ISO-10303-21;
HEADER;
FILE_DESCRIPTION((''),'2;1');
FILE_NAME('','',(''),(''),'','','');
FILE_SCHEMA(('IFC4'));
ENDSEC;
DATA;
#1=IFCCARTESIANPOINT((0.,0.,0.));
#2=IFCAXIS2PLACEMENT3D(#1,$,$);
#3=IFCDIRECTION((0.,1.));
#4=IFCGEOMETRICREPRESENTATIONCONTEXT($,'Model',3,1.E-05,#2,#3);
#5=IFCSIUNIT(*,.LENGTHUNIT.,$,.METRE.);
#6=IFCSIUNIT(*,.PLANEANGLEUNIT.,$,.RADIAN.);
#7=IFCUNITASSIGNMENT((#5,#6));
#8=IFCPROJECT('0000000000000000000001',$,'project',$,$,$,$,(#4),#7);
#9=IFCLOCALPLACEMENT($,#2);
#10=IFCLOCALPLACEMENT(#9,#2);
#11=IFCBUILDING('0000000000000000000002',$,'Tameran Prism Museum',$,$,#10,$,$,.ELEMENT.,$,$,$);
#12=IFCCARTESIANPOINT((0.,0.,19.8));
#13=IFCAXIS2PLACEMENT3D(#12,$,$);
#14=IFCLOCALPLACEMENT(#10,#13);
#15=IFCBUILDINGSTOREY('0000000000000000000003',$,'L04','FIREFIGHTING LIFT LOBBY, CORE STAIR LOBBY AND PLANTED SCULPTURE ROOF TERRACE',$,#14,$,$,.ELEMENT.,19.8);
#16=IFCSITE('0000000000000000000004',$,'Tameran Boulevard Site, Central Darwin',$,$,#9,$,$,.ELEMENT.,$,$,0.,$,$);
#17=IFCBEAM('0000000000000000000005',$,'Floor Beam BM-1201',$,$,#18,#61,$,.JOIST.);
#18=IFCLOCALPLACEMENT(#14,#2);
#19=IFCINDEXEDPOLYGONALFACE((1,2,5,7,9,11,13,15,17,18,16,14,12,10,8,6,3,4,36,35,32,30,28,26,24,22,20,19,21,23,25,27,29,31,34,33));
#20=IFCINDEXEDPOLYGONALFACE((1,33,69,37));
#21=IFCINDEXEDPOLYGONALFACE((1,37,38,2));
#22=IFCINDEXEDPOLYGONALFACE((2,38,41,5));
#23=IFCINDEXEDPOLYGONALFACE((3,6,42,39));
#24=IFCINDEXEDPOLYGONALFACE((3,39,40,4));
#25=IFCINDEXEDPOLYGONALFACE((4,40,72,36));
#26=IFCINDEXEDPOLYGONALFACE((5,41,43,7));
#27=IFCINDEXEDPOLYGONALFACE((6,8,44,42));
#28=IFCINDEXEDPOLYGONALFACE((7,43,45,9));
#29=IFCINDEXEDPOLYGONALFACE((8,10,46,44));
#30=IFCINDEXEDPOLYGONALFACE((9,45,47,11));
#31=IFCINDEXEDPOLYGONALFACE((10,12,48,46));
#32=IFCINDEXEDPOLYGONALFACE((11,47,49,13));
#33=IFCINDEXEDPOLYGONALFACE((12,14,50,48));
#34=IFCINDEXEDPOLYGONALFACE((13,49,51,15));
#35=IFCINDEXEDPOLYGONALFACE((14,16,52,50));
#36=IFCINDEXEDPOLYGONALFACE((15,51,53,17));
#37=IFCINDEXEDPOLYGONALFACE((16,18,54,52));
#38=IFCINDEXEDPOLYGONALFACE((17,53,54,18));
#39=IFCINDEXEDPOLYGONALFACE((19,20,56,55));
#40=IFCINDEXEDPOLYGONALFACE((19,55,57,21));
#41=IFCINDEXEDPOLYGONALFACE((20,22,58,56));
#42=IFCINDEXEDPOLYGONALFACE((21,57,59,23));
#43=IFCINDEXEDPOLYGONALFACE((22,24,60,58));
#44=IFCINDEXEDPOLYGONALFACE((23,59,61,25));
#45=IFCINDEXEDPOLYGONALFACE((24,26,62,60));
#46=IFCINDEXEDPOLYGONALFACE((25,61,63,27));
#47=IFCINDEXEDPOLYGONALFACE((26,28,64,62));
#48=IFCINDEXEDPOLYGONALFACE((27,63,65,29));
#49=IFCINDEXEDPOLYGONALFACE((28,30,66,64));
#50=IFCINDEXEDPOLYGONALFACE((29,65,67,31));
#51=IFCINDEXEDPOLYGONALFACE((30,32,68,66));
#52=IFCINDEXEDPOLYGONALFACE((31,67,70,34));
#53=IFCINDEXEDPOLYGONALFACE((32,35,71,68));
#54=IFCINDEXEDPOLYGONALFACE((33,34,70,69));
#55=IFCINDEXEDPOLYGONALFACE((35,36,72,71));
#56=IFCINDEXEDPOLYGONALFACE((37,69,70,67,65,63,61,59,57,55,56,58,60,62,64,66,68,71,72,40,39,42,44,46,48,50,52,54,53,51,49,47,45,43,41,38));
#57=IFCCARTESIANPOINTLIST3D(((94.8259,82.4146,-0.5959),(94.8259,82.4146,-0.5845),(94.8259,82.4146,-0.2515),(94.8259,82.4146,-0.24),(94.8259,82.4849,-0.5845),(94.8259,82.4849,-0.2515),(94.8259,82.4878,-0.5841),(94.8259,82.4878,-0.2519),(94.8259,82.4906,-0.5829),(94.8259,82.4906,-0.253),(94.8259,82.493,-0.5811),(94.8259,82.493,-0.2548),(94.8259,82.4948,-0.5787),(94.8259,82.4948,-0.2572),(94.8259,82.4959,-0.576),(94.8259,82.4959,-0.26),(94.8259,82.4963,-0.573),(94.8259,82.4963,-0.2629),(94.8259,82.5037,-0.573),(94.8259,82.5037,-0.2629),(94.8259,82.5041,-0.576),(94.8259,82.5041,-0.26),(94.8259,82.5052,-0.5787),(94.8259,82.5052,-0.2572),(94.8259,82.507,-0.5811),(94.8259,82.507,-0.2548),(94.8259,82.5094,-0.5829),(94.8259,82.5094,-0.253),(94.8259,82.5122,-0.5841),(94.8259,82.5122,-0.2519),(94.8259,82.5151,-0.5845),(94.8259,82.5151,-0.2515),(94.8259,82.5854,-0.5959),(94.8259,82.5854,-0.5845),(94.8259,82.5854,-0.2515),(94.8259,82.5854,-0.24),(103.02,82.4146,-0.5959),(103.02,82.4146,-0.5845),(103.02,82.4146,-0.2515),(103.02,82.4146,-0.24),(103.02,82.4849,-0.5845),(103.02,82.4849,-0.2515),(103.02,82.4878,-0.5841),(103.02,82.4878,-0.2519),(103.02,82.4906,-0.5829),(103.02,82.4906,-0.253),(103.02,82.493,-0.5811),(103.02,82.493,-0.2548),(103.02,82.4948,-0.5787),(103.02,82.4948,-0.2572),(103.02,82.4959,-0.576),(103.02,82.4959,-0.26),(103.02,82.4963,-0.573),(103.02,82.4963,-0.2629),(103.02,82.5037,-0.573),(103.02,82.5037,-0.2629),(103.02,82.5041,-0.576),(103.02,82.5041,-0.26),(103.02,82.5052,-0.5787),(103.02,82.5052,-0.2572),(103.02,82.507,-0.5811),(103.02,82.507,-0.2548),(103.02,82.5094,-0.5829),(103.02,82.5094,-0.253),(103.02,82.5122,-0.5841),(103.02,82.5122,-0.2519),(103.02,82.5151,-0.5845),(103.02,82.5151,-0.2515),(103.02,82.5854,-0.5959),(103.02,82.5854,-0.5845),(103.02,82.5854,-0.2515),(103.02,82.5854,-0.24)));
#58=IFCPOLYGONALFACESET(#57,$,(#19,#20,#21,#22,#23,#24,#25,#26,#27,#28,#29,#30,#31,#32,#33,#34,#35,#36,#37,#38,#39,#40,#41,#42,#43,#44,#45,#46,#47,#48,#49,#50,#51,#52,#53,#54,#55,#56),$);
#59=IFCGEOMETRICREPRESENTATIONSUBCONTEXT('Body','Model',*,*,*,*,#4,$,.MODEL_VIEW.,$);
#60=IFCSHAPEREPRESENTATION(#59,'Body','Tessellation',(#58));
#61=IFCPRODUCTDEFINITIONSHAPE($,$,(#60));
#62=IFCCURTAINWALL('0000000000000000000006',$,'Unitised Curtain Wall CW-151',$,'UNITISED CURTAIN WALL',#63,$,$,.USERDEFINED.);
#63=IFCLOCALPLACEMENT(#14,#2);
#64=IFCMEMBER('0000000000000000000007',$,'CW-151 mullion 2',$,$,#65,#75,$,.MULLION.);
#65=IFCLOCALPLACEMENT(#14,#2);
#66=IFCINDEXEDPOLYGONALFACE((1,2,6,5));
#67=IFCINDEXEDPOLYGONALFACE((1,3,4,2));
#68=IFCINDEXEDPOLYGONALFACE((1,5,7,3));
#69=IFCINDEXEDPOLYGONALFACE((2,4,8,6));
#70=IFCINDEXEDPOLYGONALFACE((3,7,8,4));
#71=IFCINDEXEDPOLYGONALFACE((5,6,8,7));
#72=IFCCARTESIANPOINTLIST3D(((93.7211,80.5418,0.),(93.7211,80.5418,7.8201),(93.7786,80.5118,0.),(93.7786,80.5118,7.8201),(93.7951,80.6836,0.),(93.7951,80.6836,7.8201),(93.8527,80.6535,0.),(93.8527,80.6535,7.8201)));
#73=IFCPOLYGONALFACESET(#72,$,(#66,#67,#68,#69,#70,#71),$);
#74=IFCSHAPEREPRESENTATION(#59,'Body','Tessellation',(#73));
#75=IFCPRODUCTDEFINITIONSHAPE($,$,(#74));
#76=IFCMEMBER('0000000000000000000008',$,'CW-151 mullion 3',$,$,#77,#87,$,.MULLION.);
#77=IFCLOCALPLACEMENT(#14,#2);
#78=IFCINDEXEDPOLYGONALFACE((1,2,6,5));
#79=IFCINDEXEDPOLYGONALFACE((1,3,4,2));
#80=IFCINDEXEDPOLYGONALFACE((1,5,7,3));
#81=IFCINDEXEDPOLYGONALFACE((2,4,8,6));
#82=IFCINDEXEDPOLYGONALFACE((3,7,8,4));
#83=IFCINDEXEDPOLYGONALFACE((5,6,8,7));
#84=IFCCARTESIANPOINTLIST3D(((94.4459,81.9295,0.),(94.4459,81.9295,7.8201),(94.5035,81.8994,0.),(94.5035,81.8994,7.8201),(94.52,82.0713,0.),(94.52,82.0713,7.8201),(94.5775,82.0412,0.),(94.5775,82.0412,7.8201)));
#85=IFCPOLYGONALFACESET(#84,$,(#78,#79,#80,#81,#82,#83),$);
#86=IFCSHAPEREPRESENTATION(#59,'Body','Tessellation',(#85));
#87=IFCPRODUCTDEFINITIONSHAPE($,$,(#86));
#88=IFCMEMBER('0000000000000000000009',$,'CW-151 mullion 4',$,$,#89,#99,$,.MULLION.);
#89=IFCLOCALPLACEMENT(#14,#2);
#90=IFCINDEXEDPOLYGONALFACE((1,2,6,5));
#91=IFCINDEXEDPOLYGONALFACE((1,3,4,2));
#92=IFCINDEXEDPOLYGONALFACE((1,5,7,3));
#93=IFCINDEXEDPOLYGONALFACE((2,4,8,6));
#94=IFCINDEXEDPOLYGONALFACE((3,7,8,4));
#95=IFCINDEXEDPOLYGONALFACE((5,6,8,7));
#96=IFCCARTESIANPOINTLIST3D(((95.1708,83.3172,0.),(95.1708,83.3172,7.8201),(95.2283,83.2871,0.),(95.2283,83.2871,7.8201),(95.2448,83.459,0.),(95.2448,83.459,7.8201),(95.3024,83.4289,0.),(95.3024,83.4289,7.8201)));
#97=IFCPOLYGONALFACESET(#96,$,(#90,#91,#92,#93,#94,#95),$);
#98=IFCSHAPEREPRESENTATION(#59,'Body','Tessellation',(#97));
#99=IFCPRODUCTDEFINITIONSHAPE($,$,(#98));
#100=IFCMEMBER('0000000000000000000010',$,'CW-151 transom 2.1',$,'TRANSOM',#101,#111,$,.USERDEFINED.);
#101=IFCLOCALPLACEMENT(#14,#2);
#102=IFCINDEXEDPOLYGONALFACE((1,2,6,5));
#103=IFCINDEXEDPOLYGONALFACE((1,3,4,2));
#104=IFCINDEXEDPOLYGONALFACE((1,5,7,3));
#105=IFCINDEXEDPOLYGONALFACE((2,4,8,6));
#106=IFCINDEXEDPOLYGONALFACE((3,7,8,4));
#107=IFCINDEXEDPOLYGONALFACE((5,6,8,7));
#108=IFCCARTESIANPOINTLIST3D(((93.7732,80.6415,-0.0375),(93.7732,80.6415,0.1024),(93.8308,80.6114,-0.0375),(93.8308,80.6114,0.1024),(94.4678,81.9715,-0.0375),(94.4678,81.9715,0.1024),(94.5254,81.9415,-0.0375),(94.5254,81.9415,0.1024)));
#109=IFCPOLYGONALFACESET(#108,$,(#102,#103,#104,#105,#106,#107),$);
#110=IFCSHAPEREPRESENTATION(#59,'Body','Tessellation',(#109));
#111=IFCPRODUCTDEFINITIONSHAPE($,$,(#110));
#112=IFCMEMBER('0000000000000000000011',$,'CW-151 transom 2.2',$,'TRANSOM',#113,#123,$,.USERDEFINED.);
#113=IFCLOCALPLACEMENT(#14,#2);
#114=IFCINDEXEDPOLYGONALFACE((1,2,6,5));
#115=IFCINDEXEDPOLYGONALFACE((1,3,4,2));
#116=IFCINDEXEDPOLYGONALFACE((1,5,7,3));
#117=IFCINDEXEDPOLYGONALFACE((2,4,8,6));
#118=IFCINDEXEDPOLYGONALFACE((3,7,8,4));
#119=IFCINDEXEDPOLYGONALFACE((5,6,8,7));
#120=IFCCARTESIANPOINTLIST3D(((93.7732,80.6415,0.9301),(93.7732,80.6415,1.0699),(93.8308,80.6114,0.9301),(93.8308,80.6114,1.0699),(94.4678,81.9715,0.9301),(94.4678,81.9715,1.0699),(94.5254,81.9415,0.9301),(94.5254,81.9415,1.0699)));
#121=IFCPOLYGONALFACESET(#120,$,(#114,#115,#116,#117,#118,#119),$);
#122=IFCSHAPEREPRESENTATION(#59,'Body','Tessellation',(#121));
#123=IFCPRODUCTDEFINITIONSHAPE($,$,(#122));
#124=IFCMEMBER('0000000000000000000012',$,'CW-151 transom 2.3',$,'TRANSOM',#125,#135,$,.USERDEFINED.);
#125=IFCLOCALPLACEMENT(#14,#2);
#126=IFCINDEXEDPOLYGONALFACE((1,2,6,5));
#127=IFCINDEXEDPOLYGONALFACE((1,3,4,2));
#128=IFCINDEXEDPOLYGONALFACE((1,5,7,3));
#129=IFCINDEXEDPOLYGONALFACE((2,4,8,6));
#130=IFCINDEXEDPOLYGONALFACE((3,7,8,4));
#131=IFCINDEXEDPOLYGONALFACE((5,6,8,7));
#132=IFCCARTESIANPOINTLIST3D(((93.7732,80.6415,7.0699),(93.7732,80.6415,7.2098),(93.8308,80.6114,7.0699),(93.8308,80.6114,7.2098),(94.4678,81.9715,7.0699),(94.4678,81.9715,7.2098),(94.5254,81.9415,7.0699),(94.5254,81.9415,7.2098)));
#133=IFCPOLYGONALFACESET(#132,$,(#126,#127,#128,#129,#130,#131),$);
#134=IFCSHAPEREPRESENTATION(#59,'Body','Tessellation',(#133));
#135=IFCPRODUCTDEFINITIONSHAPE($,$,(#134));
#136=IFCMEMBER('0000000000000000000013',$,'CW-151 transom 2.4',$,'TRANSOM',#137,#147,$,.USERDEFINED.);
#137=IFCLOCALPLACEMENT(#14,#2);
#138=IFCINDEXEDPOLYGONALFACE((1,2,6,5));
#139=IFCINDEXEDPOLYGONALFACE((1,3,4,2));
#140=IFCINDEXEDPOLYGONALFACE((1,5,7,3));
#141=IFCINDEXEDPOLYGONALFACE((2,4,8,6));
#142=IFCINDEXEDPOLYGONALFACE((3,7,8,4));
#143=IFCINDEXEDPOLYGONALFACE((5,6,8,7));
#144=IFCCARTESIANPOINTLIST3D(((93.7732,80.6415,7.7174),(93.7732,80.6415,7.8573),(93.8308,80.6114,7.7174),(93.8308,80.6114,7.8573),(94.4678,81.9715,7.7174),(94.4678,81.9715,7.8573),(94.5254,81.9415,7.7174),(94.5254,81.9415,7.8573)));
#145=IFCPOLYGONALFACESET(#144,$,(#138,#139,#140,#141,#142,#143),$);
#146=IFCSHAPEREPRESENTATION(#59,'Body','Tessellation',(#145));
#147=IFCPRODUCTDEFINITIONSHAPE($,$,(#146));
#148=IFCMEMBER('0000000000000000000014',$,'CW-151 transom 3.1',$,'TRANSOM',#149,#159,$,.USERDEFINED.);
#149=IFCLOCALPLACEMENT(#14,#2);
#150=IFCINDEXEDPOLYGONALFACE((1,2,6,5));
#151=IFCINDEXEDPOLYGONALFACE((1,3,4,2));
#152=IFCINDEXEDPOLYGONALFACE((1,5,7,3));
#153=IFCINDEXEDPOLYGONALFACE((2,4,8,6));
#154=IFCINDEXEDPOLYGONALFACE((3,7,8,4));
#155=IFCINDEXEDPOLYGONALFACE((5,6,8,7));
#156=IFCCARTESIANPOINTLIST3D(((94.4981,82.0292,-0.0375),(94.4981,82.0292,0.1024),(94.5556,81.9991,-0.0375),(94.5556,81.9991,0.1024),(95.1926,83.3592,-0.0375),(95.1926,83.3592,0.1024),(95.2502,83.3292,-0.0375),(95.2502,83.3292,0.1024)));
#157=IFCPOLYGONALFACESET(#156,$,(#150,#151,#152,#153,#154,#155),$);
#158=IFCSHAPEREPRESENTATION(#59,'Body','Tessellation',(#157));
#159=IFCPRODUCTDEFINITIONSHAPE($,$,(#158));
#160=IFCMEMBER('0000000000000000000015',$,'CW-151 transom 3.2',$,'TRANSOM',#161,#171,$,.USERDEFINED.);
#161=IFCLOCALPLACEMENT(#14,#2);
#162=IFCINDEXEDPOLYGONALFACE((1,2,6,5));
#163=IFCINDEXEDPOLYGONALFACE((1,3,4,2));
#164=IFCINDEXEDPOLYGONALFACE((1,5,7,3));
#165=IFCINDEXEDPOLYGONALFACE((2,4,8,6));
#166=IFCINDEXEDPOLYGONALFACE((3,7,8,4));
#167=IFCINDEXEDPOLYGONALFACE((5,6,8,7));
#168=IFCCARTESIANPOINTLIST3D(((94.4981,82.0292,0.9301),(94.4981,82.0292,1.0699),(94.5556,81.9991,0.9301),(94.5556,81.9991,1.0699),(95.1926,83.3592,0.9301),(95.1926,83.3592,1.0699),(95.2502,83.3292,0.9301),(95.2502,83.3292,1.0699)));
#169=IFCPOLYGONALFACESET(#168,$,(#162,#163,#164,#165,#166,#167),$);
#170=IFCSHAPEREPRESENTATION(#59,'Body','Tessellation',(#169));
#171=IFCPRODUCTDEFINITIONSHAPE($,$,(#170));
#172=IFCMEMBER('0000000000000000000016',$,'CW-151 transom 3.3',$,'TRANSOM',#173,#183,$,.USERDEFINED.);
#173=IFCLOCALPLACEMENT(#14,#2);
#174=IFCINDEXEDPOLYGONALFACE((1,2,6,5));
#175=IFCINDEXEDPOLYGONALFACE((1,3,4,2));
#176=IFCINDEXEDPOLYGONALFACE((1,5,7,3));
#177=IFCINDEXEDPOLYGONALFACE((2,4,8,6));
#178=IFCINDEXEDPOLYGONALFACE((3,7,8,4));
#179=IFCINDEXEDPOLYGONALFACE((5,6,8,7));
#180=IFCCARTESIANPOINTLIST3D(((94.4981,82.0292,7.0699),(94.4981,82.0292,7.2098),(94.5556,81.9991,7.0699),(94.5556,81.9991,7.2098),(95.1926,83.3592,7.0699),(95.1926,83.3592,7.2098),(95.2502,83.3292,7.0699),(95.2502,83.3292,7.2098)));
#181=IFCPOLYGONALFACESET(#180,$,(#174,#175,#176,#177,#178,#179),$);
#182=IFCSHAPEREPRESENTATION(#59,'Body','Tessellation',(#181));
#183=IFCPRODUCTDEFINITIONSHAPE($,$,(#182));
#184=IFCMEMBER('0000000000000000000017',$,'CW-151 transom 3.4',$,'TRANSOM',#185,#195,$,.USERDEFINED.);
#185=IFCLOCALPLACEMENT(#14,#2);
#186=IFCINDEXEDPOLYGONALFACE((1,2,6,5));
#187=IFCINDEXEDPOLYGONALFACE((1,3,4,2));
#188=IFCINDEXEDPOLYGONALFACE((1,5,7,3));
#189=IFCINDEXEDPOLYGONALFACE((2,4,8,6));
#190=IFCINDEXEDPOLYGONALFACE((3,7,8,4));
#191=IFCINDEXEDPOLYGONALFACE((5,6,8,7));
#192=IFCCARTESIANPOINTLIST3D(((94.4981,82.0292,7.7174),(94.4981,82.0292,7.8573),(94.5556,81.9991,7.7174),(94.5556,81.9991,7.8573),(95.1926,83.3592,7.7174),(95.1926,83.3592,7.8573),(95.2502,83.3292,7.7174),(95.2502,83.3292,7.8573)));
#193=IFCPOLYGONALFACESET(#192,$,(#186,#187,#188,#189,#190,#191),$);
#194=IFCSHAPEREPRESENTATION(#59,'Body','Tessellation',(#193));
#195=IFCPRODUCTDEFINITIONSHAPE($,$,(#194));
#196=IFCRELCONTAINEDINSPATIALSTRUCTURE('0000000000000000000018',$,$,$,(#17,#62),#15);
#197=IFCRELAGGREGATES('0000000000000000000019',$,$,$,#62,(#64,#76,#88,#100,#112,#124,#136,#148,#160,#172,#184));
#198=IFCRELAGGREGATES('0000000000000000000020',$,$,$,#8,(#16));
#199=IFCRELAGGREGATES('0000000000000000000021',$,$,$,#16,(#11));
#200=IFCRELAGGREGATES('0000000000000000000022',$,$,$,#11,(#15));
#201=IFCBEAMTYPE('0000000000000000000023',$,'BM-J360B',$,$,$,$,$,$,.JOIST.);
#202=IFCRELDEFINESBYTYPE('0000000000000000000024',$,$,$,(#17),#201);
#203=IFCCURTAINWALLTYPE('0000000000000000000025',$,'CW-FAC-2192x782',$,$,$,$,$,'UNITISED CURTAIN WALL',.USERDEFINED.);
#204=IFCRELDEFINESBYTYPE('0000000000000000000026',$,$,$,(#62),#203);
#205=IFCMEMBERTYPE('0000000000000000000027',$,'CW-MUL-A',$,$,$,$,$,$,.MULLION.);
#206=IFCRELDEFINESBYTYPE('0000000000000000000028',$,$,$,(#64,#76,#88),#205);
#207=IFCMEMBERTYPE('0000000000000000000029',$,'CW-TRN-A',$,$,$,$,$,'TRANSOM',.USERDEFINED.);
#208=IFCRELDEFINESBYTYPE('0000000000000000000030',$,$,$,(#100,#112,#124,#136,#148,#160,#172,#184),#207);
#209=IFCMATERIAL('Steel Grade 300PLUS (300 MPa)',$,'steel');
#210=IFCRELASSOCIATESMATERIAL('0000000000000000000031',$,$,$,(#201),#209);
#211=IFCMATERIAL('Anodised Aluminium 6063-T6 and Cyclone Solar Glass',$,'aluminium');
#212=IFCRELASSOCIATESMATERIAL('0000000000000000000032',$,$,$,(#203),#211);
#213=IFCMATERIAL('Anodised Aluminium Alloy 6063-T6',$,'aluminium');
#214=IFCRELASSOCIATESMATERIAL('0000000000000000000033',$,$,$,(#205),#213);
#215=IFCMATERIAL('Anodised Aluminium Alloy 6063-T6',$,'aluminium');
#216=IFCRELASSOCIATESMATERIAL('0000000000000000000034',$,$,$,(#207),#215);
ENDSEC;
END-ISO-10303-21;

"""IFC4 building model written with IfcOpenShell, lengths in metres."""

from ifc_helpers import new_model, si_unit, direction, frame, origin, origin_2d, place, context, subcontext, project, spatial, rectangle, i_section, extrude, material, material_profile, profile_set, type_object, element, aggregate, save


model = new_model("IFC4")

# Units and contexts
model_context = context("Model", 3, precision=1e-05, world=origin(), true_north=direction((0.0, 1.0)))
body_context = subcontext(model_context, "Body", "Model", "MODEL_VIEW")
ifc_project = project(units=[si_unit("LENGTHUNIT", "METRE"), si_unit("PLANEANGLEUNIT", "RADIAN")], contexts=[model_context])

# Site, building, storey
site_placement = place(None, origin())
site = spatial("IfcSite", under=ifc_project, at=site_placement, Name="Tameran Boulevard Site, Central Darwin", CompositionType="ELEMENT", RefElevation=0.0)
building_placement = place(site_placement, origin())
building = spatial("IfcBuilding", under=site, at=building_placement, Name="Tameran Prism Museum", CompositionType="ELEMENT")
storey_placement = place(building_placement, frame((0.0, 0.0, 19.8)))
storey = spatial("IfcBuildingStorey", under=building, at=storey_placement, Name="L04", Description="FIREFIGHTING LIFT LOBBY, CORE STAIR LOBBY AND PLANTED SCULPTURE ROOF TERRACE", CompositionType="ELEMENT", Elevation=19.8)

# Beam
ifc_material_1 = material(Name="Steel Grade 300PLUS (300 MPa)", Category="steel")
ifc_material_profile_1 = material_profile(ifc_material_1, i_section(OverallWidth=0.1709, OverallDepth=0.356, WebThickness=0.0073, FlangeThickness=0.0115, FilletRadius=0.0115, at=origin_2d()))
ifc_profile_set_1 = profile_set([ifc_material_profile_1])
beam_type = type_object("IfcBeamType", Name="BM-J360B", PredefinedType="JOIST", material=ifc_profile_set_1)
beam_placement = place(storey_placement, frame((94.8259, 82.5, -0.418), z_axis=(1.0, 0.0, 0.0), x_axis=(0.0, 1.0, 0.0)))
element("IfcBeam", 1, at=beam_placement, inside=storey, type_object=beam_type, Name="Floor Beam BM-1201", PredefinedType="JOIST", context=body_context, shape_type="SweptSolid", body=[
    extrude(i_section(OverallWidth=0.1709, OverallDepth=0.356, WebThickness=0.0073, FlangeThickness=0.0115, FilletRadius=0.0115, at=origin_2d()), origin(), (0.0, 0.0, 1.0), 8.1941),
])

# Curtain wall, members
ifc_material_2 = material(Name="Anodised Aluminium 6063-T6 and Cyclone Solar Glass", Category="aluminium")
curtain_wall_type = type_object("IfcCurtainWallType", Name="CW-FAC-2192x782", ElementType="UNITISED CURTAIN WALL", PredefinedType="USERDEFINED", material=ifc_material_2)
curtain_wall_placement = place(storey_placement, origin())
curtain_wall = element("IfcCurtainWall", 2, at=curtain_wall_placement, inside=storey, type_object=curtain_wall_type, Name="Unitised Curtain Wall CW-151", ObjectType="UNITISED CURTAIN WALL", PredefinedType="USERDEFINED")
ifc_material_3 = material(Name="Anodised Aluminium Alloy 6063-T6", Category="aluminium")
ifc_material_profile_2 = material_profile(ifc_material_3, rectangle(XDim=0.0649, YDim=0.1599, at=origin_2d()))
ifc_profile_set_2 = profile_set([ifc_material_profile_2])
member_type_1 = type_object("IfcMemberType", Name="CW-MUL-A", PredefinedType="MULLION", material=ifc_profile_set_2)
member_1_placement = place(storey_placement, frame((93.7869, 80.5977, 0.0), z_axis=(0.0, 0.0, 1.0), x_axis=(-0.886357, 0.463003, 0.0)))
member_1 = element("IfcMember", 3, at=member_1_placement, type_object=member_type_1, Name="CW-151 mullion 2", PredefinedType="MULLION", context=body_context, shape_type="SweptSolid", body=[
    extrude(rectangle(XDim=0.0649, YDim=0.1599, at=origin_2d()), origin(), (0.0, 0.0, 1.0), 7.8201),
])
member_2_placement = place(storey_placement, frame((94.5117, 81.9854, 0.0), z_axis=(0.0, 0.0, 1.0), x_axis=(-0.886357, 0.463003, 0.0)))
member_2 = element("IfcMember", 4, at=member_2_placement, type_object=member_type_1, Name="CW-151 mullion 3", PredefinedType="MULLION", context=body_context, shape_type="SweptSolid", body=[
    extrude(rectangle(XDim=0.0649, YDim=0.1599, at=origin_2d()), origin(), (0.0, 0.0, 1.0), 7.8201),
])
member_3_placement = place(storey_placement, frame((95.2366, 83.373, 0.0), z_axis=(0.0, 0.0, 1.0), x_axis=(-0.886357, 0.463003, 0.0)))
member_3 = element("IfcMember", 5, at=member_3_placement, type_object=member_type_1, Name="CW-151 mullion 4", PredefinedType="MULLION", context=body_context, shape_type="SweptSolid", body=[
    extrude(rectangle(XDim=0.0649, YDim=0.1599, at=origin_2d()), origin(), (0.0, 0.0, 1.0), 7.8201),
])
ifc_material_4 = material(Name="Anodised Aluminium Alloy 6063-T6", Category="aluminium")
ifc_material_profile_3 = material_profile(ifc_material_4, rectangle(XDim=0.0649, YDim=0.1399, at=origin_2d()))
ifc_profile_set_3 = profile_set([ifc_material_profile_3])
member_type_2 = type_object("IfcMemberType", Name="CW-TRN-A", ElementType="TRANSOM", PredefinedType="USERDEFINED", material=ifc_profile_set_3)
member_4_placement = place(storey_placement, frame((93.802, 80.6265, 0.0325), z_axis=(0.462894, 0.886414, 0.0), x_axis=(-0.886414, 0.462894, 0.0)))
member_4 = element("IfcMember", 6, at=member_4_placement, type_object=member_type_2, Name="CW-151 transom 2.1", ObjectType="TRANSOM", PredefinedType="USERDEFINED", context=body_context, shape_type="SweptSolid", body=[
    extrude(rectangle(XDim=0.0649, YDim=0.1399, at=origin_2d()), origin(), (0.0, 0.0, 1.0), 1.5005),
])
member_5_placement = place(storey_placement, frame((93.802, 80.6265, 1.0), z_axis=(0.462894, 0.886414, 0.0), x_axis=(-0.886414, 0.462894, 0.0)))
member_5 = element("IfcMember", 7, at=member_5_placement, type_object=member_type_2, Name="CW-151 transom 2.2", ObjectType="TRANSOM", PredefinedType="USERDEFINED", context=body_context, shape_type="SweptSolid", body=[
    extrude(rectangle(XDim=0.0649, YDim=0.1399, at=origin_2d()), origin(), (0.0, 0.0, 1.0), 1.5005),
])
member_6_placement = place(storey_placement, frame((93.802, 80.6265, 7.1399), z_axis=(0.462894, 0.886414, 0.0), x_axis=(-0.886414, 0.462894, 0.0)))
member_6 = element("IfcMember", 8, at=member_6_placement, type_object=member_type_2, Name="CW-151 transom 2.3", ObjectType="TRANSOM", PredefinedType="USERDEFINED", context=body_context, shape_type="SweptSolid", body=[
    extrude(rectangle(XDim=0.0649, YDim=0.1399, at=origin_2d()), origin(), (0.0, 0.0, 1.0), 1.5005),
])
member_7_placement = place(storey_placement, frame((93.802, 80.6265, 7.7874), z_axis=(0.462894, 0.886414, 0.0), x_axis=(-0.886414, 0.462894, 0.0)))
member_7 = element("IfcMember", 9, at=member_7_placement, type_object=member_type_2, Name="CW-151 transom 2.4", ObjectType="TRANSOM", PredefinedType="USERDEFINED", context=body_context, shape_type="SweptSolid", body=[
    extrude(rectangle(XDim=0.0649, YDim=0.1399, at=origin_2d()), origin(), (0.0, 0.0, 1.0), 1.5005),
])
member_8_placement = place(storey_placement, frame((94.5269, 82.0142, 0.0325), z_axis=(0.462894, 0.886414, 0.0), x_axis=(-0.886414, 0.462894, 0.0)))
member_8 = element("IfcMember", 10, at=member_8_placement, type_object=member_type_2, Name="CW-151 transom 3.1", ObjectType="TRANSOM", PredefinedType="USERDEFINED", context=body_context, shape_type="SweptSolid", body=[
    extrude(rectangle(XDim=0.0649, YDim=0.1399, at=origin_2d()), origin(), (0.0, 0.0, 1.0), 1.5005),
])
member_9_placement = place(storey_placement, frame((94.5269, 82.0142, 1.0), z_axis=(0.462894, 0.886414, 0.0), x_axis=(-0.886414, 0.462894, 0.0)))
member_9 = element("IfcMember", 11, at=member_9_placement, type_object=member_type_2, Name="CW-151 transom 3.2", ObjectType="TRANSOM", PredefinedType="USERDEFINED", context=body_context, shape_type="SweptSolid", body=[
    extrude(rectangle(XDim=0.0649, YDim=0.1399, at=origin_2d()), origin(), (0.0, 0.0, 1.0), 1.5005),
])
member_10_placement = place(storey_placement, frame((94.5269, 82.0142, 7.1399), z_axis=(0.462894, 0.886414, 0.0), x_axis=(-0.886414, 0.462894, 0.0)))
member_10 = element("IfcMember", 12, at=member_10_placement, type_object=member_type_2, Name="CW-151 transom 3.3", ObjectType="TRANSOM", PredefinedType="USERDEFINED", context=body_context, shape_type="SweptSolid", body=[
    extrude(rectangle(XDim=0.0649, YDim=0.1399, at=origin_2d()), origin(), (0.0, 0.0, 1.0), 1.5005),
])
member_11_placement = place(storey_placement, frame((94.5269, 82.0142, 7.7874), z_axis=(0.462894, 0.886414, 0.0), x_axis=(-0.886414, 0.462894, 0.0)))
member_11 = element("IfcMember", 13, at=member_11_placement, type_object=member_type_2, Name="CW-151 transom 3.4", ObjectType="TRANSOM", PredefinedType="USERDEFINED", context=body_context, shape_type="SweptSolid", body=[
    extrude(rectangle(XDim=0.0649, YDim=0.1399, at=origin_2d()), origin(), (0.0, 0.0, 1.0), 1.5005),
])
aggregate(curtain_wall, [member_1, member_2, member_3, member_4, member_5, member_6, member_7, member_8, member_9, member_10, member_11])

save(model, "model.ifc")
